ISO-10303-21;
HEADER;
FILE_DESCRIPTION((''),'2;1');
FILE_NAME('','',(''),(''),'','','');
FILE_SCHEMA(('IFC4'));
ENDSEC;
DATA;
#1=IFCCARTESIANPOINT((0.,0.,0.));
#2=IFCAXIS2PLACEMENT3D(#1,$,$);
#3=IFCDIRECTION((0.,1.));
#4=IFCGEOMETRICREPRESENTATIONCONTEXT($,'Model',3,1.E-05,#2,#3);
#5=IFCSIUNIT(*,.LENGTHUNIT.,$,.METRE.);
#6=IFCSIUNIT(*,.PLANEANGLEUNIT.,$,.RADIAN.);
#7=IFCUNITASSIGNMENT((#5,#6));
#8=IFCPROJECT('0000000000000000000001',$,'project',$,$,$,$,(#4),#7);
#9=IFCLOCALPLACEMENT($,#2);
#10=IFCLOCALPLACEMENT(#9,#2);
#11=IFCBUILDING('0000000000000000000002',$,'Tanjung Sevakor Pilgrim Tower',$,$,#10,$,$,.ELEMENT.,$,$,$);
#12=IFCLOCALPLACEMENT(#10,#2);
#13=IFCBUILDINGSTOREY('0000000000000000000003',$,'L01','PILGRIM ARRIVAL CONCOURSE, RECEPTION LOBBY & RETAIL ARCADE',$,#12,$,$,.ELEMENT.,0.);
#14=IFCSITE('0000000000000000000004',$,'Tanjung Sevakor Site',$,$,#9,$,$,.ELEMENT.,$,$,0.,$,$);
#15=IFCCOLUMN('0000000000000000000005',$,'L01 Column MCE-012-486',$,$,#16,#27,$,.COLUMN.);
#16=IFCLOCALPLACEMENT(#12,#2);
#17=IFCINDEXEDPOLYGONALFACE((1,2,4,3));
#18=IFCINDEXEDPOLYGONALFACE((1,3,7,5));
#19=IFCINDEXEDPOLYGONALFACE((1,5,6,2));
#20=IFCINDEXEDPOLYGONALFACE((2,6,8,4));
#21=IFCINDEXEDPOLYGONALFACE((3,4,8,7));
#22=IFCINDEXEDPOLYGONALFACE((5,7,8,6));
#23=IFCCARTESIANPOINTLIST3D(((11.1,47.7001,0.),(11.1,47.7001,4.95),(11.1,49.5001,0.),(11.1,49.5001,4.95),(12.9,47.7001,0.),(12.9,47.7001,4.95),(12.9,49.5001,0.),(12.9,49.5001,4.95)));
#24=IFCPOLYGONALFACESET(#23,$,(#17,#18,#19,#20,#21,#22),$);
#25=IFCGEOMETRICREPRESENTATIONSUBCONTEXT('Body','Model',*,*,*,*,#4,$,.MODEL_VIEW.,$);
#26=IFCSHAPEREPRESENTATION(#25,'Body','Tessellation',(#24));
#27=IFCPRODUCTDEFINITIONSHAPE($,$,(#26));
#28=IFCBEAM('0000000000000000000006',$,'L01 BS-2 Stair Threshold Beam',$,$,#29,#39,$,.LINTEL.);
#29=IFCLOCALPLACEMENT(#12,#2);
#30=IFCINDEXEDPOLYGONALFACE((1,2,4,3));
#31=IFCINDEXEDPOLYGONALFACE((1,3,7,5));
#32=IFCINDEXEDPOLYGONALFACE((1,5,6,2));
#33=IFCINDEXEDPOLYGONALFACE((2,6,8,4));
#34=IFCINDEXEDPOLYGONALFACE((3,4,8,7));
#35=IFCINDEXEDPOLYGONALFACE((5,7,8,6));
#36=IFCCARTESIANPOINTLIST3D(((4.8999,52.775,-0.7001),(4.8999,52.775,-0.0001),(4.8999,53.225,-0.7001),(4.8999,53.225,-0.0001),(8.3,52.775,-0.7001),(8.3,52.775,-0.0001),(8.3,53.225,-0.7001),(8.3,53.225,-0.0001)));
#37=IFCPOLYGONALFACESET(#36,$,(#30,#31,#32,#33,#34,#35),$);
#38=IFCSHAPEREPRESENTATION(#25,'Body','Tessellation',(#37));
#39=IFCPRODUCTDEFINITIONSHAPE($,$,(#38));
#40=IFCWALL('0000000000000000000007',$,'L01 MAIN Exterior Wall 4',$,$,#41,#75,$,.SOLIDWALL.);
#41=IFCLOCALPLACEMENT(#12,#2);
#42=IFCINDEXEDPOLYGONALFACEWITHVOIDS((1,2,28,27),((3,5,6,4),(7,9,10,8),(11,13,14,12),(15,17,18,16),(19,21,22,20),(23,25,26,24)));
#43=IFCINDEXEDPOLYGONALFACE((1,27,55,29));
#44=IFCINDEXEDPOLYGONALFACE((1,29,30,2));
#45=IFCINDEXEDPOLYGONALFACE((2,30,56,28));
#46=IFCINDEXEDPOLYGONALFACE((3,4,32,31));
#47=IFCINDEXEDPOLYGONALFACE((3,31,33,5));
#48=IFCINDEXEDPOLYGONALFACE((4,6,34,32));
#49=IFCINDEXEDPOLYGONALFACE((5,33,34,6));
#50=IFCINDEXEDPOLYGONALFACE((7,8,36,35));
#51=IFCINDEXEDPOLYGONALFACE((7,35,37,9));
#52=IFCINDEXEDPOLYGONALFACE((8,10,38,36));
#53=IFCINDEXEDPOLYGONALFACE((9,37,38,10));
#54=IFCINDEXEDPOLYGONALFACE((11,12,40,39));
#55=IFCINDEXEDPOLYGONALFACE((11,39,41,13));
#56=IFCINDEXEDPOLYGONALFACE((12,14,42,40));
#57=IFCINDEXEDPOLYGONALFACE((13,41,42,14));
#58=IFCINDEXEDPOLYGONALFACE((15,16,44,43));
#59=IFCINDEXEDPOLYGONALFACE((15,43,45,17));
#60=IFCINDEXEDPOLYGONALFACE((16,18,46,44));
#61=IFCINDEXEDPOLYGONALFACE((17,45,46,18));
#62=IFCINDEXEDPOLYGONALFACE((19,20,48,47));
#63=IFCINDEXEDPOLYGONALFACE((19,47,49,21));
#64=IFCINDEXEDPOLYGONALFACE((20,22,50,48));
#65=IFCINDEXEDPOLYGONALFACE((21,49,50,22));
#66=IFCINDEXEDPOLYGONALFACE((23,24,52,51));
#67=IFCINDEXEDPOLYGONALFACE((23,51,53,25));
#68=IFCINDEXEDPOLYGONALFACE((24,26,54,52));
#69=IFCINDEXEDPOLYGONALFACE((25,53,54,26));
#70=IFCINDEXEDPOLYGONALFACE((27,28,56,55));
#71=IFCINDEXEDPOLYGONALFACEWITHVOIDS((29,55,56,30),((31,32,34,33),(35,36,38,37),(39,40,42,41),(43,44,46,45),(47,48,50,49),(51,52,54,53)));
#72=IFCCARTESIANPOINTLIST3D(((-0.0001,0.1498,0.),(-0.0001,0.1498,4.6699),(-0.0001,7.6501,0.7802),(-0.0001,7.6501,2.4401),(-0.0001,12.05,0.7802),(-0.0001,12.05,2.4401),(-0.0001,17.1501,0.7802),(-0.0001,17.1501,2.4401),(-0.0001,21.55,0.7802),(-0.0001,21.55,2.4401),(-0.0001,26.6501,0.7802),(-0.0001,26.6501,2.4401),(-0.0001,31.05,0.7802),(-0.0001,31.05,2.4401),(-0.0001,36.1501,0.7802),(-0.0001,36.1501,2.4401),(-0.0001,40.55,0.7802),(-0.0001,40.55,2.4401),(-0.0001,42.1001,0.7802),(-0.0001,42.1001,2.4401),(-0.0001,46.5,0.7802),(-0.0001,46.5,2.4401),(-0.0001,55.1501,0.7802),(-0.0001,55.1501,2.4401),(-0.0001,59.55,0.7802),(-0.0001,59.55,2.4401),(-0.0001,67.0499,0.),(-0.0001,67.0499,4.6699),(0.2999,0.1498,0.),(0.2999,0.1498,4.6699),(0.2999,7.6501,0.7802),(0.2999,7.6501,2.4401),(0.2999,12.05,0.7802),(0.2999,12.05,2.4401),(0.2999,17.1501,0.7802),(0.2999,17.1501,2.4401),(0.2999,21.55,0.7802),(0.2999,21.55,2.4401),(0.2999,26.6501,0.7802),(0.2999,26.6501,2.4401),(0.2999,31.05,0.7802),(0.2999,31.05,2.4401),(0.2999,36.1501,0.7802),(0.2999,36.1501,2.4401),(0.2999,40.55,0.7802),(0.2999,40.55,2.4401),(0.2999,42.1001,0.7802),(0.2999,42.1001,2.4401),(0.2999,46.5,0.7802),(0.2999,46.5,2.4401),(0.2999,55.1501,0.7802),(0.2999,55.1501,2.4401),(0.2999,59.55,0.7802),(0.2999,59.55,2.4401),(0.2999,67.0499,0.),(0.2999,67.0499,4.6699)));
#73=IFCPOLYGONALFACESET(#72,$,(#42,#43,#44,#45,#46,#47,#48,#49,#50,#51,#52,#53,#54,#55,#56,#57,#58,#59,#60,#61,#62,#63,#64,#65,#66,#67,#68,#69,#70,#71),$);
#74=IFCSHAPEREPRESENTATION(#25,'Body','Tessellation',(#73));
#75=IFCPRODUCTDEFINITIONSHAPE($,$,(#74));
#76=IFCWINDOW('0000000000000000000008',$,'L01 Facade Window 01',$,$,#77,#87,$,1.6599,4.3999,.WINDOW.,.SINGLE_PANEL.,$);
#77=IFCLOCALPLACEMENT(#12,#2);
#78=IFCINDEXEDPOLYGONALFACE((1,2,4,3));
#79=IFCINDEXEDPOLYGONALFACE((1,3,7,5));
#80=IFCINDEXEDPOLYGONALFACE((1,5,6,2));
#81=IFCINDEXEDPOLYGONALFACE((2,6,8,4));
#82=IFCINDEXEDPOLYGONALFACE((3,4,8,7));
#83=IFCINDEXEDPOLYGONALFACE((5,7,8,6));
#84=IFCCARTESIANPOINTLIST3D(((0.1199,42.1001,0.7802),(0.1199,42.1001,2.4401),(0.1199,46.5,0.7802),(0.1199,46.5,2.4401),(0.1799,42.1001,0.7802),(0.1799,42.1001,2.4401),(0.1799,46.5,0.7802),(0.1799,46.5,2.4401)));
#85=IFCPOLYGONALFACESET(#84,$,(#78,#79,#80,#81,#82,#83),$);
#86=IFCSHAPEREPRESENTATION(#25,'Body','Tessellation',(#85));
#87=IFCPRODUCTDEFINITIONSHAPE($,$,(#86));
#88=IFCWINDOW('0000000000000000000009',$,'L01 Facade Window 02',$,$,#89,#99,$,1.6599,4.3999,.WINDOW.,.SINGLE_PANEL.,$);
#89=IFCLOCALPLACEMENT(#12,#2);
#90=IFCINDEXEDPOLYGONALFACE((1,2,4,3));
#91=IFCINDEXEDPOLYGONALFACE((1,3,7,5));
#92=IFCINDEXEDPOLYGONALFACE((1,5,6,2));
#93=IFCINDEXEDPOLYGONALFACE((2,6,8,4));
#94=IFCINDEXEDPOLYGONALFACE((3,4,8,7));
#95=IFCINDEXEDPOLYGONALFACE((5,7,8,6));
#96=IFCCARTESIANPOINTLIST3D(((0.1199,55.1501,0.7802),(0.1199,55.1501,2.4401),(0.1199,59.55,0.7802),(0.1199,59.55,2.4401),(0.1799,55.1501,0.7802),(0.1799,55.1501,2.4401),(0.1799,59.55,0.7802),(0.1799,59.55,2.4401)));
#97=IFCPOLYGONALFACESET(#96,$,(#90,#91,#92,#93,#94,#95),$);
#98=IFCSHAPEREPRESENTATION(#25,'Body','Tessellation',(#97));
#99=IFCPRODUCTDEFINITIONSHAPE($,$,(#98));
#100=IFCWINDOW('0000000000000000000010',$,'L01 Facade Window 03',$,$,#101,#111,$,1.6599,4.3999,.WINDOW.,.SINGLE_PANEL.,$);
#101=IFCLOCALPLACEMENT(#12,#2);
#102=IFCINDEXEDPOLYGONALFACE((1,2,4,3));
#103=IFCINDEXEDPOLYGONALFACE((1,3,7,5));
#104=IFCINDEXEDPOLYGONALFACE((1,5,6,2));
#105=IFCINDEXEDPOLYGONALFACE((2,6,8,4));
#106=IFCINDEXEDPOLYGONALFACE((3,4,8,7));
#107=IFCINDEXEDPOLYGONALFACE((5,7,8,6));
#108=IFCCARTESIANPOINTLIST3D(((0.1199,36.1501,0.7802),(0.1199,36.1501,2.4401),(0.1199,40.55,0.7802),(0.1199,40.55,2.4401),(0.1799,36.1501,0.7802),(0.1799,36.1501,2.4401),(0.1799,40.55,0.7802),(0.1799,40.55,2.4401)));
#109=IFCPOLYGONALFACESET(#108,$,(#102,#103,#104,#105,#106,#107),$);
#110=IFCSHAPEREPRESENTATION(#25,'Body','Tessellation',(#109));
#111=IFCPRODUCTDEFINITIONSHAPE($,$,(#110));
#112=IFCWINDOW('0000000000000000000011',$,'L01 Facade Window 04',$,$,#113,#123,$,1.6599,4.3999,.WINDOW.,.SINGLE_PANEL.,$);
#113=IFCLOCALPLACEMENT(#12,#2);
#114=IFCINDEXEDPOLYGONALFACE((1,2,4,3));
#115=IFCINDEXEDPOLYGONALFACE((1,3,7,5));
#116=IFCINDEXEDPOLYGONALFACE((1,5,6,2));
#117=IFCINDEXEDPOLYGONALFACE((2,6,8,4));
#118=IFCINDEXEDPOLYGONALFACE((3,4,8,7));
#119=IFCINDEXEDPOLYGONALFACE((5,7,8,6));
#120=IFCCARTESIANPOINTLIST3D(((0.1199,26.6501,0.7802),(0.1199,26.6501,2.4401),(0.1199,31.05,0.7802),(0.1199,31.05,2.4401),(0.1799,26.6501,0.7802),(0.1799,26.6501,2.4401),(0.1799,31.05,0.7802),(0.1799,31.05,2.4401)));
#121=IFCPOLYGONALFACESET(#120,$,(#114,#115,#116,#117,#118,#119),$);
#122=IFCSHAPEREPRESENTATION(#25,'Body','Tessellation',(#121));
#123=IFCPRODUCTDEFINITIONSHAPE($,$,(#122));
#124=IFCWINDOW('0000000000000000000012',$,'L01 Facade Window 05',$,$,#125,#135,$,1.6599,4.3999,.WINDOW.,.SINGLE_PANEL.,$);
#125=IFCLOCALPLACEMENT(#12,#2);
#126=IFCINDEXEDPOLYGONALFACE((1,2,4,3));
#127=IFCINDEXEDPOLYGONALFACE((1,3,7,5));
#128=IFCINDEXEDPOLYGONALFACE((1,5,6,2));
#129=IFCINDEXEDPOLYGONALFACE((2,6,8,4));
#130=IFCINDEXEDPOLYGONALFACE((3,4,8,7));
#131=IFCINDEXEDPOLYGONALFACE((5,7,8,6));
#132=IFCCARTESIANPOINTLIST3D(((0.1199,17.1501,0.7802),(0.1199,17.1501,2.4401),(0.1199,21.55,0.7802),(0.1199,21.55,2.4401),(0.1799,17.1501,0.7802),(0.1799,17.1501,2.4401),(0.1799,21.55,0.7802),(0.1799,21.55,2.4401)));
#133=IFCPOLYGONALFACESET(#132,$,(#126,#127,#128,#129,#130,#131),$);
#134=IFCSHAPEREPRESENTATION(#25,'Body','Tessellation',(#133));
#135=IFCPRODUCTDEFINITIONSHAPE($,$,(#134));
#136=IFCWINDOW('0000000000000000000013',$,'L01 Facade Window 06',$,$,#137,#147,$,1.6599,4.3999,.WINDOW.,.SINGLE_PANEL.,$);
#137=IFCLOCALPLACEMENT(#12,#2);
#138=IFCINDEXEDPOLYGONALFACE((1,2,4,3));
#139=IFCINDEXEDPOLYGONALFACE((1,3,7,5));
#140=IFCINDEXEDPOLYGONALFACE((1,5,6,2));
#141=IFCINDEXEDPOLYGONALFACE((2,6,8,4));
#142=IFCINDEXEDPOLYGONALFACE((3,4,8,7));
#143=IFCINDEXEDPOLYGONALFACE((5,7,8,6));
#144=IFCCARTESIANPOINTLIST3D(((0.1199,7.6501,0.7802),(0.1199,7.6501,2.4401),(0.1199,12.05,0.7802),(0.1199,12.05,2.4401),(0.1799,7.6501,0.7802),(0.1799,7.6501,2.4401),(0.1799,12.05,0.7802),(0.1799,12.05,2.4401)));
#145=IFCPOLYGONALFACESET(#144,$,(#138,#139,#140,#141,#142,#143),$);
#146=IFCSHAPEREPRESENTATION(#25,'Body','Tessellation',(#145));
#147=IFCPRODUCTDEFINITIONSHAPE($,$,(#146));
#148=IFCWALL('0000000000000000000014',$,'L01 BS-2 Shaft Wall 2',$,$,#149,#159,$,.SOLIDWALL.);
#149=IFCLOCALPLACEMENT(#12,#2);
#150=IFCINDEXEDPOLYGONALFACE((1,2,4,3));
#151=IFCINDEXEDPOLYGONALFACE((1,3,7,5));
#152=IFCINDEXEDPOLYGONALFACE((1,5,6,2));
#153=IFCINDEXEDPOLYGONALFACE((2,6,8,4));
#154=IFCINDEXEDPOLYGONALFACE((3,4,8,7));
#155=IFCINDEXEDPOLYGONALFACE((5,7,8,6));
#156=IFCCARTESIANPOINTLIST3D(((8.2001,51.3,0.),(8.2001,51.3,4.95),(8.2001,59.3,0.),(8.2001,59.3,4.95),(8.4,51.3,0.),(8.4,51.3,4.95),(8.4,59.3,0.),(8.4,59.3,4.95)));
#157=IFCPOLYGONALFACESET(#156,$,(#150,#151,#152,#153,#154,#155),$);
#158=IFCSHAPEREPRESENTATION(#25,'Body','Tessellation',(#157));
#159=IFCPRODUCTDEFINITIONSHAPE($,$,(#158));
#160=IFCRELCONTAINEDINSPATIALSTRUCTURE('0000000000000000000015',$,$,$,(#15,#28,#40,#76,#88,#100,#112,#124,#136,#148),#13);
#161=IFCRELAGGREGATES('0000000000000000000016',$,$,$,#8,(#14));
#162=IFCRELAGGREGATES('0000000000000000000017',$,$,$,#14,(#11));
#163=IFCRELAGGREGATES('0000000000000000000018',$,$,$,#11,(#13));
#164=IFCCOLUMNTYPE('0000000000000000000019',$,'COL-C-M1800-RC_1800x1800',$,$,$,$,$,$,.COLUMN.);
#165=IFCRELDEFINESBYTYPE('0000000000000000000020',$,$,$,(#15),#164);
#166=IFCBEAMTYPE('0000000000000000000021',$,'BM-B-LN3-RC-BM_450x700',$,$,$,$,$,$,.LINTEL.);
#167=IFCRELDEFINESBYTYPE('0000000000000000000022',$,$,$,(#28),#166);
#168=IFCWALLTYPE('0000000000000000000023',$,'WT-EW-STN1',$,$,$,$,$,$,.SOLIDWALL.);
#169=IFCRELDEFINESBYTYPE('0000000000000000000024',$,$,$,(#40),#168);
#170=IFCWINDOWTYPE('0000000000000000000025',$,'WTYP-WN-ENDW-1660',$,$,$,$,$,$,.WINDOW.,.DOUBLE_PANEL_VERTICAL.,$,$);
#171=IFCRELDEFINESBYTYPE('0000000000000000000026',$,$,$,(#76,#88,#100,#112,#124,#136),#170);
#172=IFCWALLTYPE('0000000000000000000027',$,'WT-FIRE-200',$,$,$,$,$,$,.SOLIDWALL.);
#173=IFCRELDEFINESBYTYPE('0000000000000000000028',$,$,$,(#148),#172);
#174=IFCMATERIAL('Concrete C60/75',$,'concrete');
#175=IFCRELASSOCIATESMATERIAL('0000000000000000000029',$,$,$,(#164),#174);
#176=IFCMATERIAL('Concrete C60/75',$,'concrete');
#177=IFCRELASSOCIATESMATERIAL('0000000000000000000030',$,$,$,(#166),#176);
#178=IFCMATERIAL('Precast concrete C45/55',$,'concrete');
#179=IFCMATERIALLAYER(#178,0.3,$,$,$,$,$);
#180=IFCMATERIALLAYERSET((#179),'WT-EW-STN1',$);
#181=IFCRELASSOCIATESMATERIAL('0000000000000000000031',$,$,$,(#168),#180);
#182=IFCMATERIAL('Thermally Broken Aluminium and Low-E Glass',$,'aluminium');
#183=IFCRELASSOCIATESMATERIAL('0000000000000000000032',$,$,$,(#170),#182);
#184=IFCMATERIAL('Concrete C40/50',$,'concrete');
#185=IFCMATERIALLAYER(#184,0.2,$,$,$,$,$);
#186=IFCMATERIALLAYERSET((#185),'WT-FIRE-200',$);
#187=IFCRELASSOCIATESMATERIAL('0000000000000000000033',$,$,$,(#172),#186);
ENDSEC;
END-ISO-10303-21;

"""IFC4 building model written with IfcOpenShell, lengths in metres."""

from ifc_helpers import new_model, si_unit, direction, frame, frame_2d, origin, origin_2d, place, context, subcontext, project, spatial, rectangle, extrude, material, layer, layer_set, material_profile, profile_set, type_object, element, fill, save


model = new_model("IFC4")

# Units and contexts
model_context = context("Model", 3, precision=1e-05, world=origin(), true_north=direction((0.0, 1.0)))
body_context = subcontext(model_context, "Body", "Model", "MODEL_VIEW")
ifc_project = project(units=[si_unit("LENGTHUNIT", "METRE"), si_unit("PLANEANGLEUNIT", "RADIAN")], contexts=[model_context])

# Site, building, storey
site_placement = place(None, origin())
site = spatial("IfcSite", under=ifc_project, at=site_placement, Name="Tanjung Sevakor Site", CompositionType="ELEMENT", RefElevation=0.0)
building_placement = place(site_placement, origin())
building = spatial("IfcBuilding", under=site, at=building_placement, Name="Tanjung Sevakor Pilgrim Tower", CompositionType="ELEMENT")
storey_placement = place(building_placement, origin())
storey = spatial("IfcBuildingStorey", under=building, at=storey_placement, Name="L01", Description="PILGRIM ARRIVAL CONCOURSE, RECEPTION LOBBY & RETAIL ARCADE", CompositionType="ELEMENT", Elevation=0.0)

# Column
ifc_material_1 = material(Name="Concrete C60/75", Category="concrete")
ifc_material_profile_1 = material_profile(ifc_material_1, rectangle(XDim=1.8, YDim=1.8, at=origin_2d()))
ifc_profile_set_1 = profile_set([ifc_material_profile_1], Name="Concrete C60/75")
column_type = type_object("IfcColumnType", Name="COL-C-M1800-RC_1800x1800", PredefinedType="COLUMN", material=ifc_profile_set_1)
column_placement = place(storey_placement, frame((12.0, 48.6001, 0.0), z_axis=(0.0, 0.0, 1.0), x_axis=(1.0, 0.0, 0.0)))
element("IfcColumn", 1, at=column_placement, inside=storey, type_object=column_type, Name="L01 Column MCE-012-486", PredefinedType="COLUMN", context=body_context, shape_type="SweptSolid", body=[
    extrude(rectangle(XDim=1.8, YDim=1.8, at=origin_2d()), origin(), (0.0, 0.0, 1.0), 4.95),
])

# Beam
ifc_material_2 = material(Name="Concrete C60/75", Category="concrete")
ifc_material_profile_2 = material_profile(ifc_material_2, rectangle(XDim=0.45, YDim=0.7, at=origin_2d()))
ifc_profile_set_2 = profile_set([ifc_material_profile_2], Name="Concrete C60/75")
beam_type = type_object("IfcBeamType", Name="BM-B-LN3-RC-BM_450x700", PredefinedType="LINTEL", material=ifc_profile_set_2)
beam_placement = place(storey_placement, frame((4.8999, 53.0, -0.3501), z_axis=(1.0, 0.0, 0.0), x_axis=(0.0, 1.0, 0.0)))
element("IfcBeam", 2, at=beam_placement, inside=storey, type_object=beam_type, Name="L01 BS-2 Stair Threshold Beam", PredefinedType="LINTEL", context=body_context, shape_type="SweptSolid", body=[
    extrude(rectangle(XDim=0.45, YDim=0.7, at=origin_2d()), origin(), (0.0, 0.0, 1.0), 3.4001),
])

# Wall, openings, windows
ifc_material_3 = material(Name="Precast concrete C45/55", Category="concrete")
ifc_layer_1 = layer(ifc_material_3, 0.3)
ifc_layer_set_1 = layer_set([ifc_layer_1], Name="WT-EW-STN1")
wall_type_1 = type_object("IfcWallType", Name="WT-EW-STN1", PredefinedType="SOLIDWALL", material=ifc_layer_set_1)
wall_1_placement = place(storey_placement, frame((0.1499, 67.05, 0.0), z_axis=(0.0, 0.0, 1.0), x_axis=(0.0, -1.0, 0.0)))
wall_1 = element("IfcWall", 3, at=wall_1_placement, inside=storey, type_object=wall_type_1, Name="L01 MAIN Exterior Wall 4", PredefinedType="SOLIDWALL", context=body_context, shape_type="SweptSolid", body=[
    extrude(rectangle(XDim=66.9001, YDim=0.3, at=frame_2d((33.4502, 0.0))), origin(), (0.0, 0.0, 1.0), 4.6699),
])
opening_1_placement = place(wall_1_placement, frame((20.55, 0.0, 0.78)))
opening_1 = element("IfcOpeningElement", 4, at=opening_1_placement, cuts=wall_1, PredefinedType="OPENING", context=body_context, shape_type="SweptSolid", body=[
    extrude(rectangle(XDim=4.3999, YDim=1.6599, at=frame_2d((2.2, 0.8301))), frame((0.0, 0.1599, 0.0), z_axis=(0.0, -1.0, 0.0), x_axis=(1.0, 0.0, 0.0)), (0.0, 0.0, 1.0), 0.3201),
])
opening_2_placement = place(wall_1_placement, frame((7.5, 0.0, 0.78)))
opening_2 = element("IfcOpeningElement", 5, at=opening_2_placement, cuts=wall_1, PredefinedType="OPENING", context=body_context, shape_type="SweptSolid", body=[
    extrude(rectangle(XDim=4.3999, YDim=1.6599, at=frame_2d((2.2, 0.8301))), frame((0.0, 0.1599, 0.0), z_axis=(0.0, -1.0, 0.0), x_axis=(1.0, 0.0, 0.0)), (0.0, 0.0, 1.0), 0.3201),
])
opening_3_placement = place(wall_1_placement, frame((26.5, 0.0, 0.78)))
opening_3 = element("IfcOpeningElement", 6, at=opening_3_placement, cuts=wall_1, PredefinedType="OPENING", context=body_context, shape_type="SweptSolid", body=[
    extrude(rectangle(XDim=4.3999, YDim=1.6599, at=frame_2d((2.2, 0.8301))), frame((0.0, 0.1599, 0.0), z_axis=(0.0, -1.0, 0.0), x_axis=(1.0, 0.0, 0.0)), (0.0, 0.0, 1.0), 0.3201),
])
opening_4_placement = place(wall_1_placement, frame((36.0, 0.0, 0.78)))
opening_4 = element("IfcOpeningElement", 7, at=opening_4_placement, cuts=wall_1, PredefinedType="OPENING", context=body_context, shape_type="SweptSolid", body=[
    extrude(rectangle(XDim=4.3999, YDim=1.6599, at=frame_2d((2.2, 0.8301))), frame((0.0, 0.1599, 0.0), z_axis=(0.0, -1.0, 0.0), x_axis=(1.0, 0.0, 0.0)), (0.0, 0.0, 1.0), 0.3201),
])
opening_5_placement = place(wall_1_placement, frame((45.5, 0.0, 0.78)))
opening_5 = element("IfcOpeningElement", 8, at=opening_5_placement, cuts=wall_1, PredefinedType="OPENING", context=body_context, shape_type="SweptSolid", body=[
    extrude(rectangle(XDim=4.3999, YDim=1.6599, at=frame_2d((2.2, 0.8301))), frame((0.0, 0.1599, 0.0), z_axis=(0.0, -1.0, 0.0), x_axis=(1.0, 0.0, 0.0)), (0.0, 0.0, 1.0), 0.3201),
])
opening_6_placement = place(wall_1_placement, frame((55.0, 0.0, 0.78)))
opening_6 = element("IfcOpeningElement", 9, at=opening_6_placement, cuts=wall_1, PredefinedType="OPENING", context=body_context, shape_type="SweptSolid", body=[
    extrude(rectangle(XDim=4.3999, YDim=1.6599, at=frame_2d((2.2, 0.8301))), frame((0.0, 0.1599, 0.0), z_axis=(0.0, -1.0, 0.0), x_axis=(1.0, 0.0, 0.0)), (0.0, 0.0, 1.0), 0.3201),
])
ifc_material_4 = material(Name="Thermally Broken Aluminium and Low-E Glass", Category="aluminium")
window_type = type_object("IfcWindowType", Name="WTYP-WN-ENDW-1660", PartitioningType="DOUBLE_PANEL_VERTICAL", PredefinedType="WINDOW", material=ifc_material_4)
window_1_placement = place(opening_1_placement, origin())
window_1 = element("IfcWindow", 10, at=window_1_placement, inside=storey, type_object=window_type, Name="L01 Facade Window 01", OverallHeight=1.6599, OverallWidth=4.3999, PartitioningType="SINGLE_PANEL", PredefinedType="WINDOW", context=body_context, shape_type="SweptSolid", body=[
    extrude(rectangle(XDim=4.3999, YDim=1.6599, at=frame_2d((2.2, 0.8301))), frame((0.0, 0.03, 0.0), z_axis=(0.0, -1.0, 0.0), x_axis=(1.0, 0.0, 0.0)), (0.0, 0.0, 1.0), 0.0601),
])
fill(opening_1, window_1)
window_2_placement = place(opening_2_placement, origin())
window_2 = element("IfcWindow", 11, at=window_2_placement, inside=storey, type_object=window_type, Name="L01 Facade Window 02", OverallHeight=1.6599, OverallWidth=4.3999, PartitioningType="SINGLE_PANEL", PredefinedType="WINDOW", context=body_context, shape_type="SweptSolid", body=[
    extrude(rectangle(XDim=4.3999, YDim=1.6599, at=frame_2d((2.2, 0.8301))), frame((0.0, 0.03, 0.0), z_axis=(0.0, -1.0, 0.0), x_axis=(1.0, 0.0, 0.0)), (0.0, 0.0, 1.0), 0.0601),
])
fill(opening_2, window_2)
window_3_placement = place(opening_3_placement, origin())
window_3 = element("IfcWindow", 12, at=window_3_placement, inside=storey, type_object=window_type, Name="L01 Facade Window 03", OverallHeight=1.6599, OverallWidth=4.3999, PartitioningType="SINGLE_PANEL", PredefinedType="WINDOW", context=body_context, shape_type="SweptSolid", body=[
    extrude(rectangle(XDim=4.3999, YDim=1.6599, at=frame_2d((2.2, 0.8301))), frame((0.0, 0.03, 0.0), z_axis=(0.0, -1.0, 0.0), x_axis=(1.0, 0.0, 0.0)), (0.0, 0.0, 1.0), 0.0601),
])
fill(opening_3, window_3)
window_4_placement = place(opening_4_placement, origin())
window_4 = element("IfcWindow", 13, at=window_4_placement, inside=storey, type_object=window_type, Name="L01 Facade Window 04", OverallHeight=1.6599, OverallWidth=4.3999, PartitioningType="SINGLE_PANEL", PredefinedType="WINDOW", context=body_context, shape_type="SweptSolid", body=[
    extrude(rectangle(XDim=4.3999, YDim=1.6599, at=frame_2d((2.2, 0.8301))), frame((0.0, 0.03, 0.0), z_axis=(0.0, -1.0, 0.0), x_axis=(1.0, 0.0, 0.0)), (0.0, 0.0, 1.0), 0.0601),
])
fill(opening_4, window_4)
window_5_placement = place(opening_5_placement, origin())
window_5 = element("IfcWindow", 14, at=window_5_placement, inside=storey, type_object=window_type, Name="L01 Facade Window 05", OverallHeight=1.6599, OverallWidth=4.3999, PartitioningType="SINGLE_PANEL", PredefinedType="WINDOW", context=body_context, shape_type="SweptSolid", body=[
    extrude(rectangle(XDim=4.3999, YDim=1.6599, at=frame_2d((2.2, 0.8301))), frame((0.0, 0.03, 0.0), z_axis=(0.0, -1.0, 0.0), x_axis=(1.0, 0.0, 0.0)), (0.0, 0.0, 1.0), 0.0601),
])
fill(opening_5, window_5)
window_6_placement = place(opening_6_placement, origin())
window_6 = element("IfcWindow", 15, at=window_6_placement, inside=storey, type_object=window_type, Name="L01 Facade Window 06", OverallHeight=1.6599, OverallWidth=4.3999, PartitioningType="SINGLE_PANEL", PredefinedType="WINDOW", context=body_context, shape_type="SweptSolid", body=[
    extrude(rectangle(XDim=4.3999, YDim=1.6599, at=frame_2d((2.2, 0.8301))), frame((0.0, 0.03, 0.0), z_axis=(0.0, -1.0, 0.0), x_axis=(1.0, 0.0, 0.0)), (0.0, 0.0, 1.0), 0.0601),
])
fill(opening_6, window_6)

# Shared definitions
ifc_material_5 = material(Name="Concrete C40/50", Category="concrete")
ifc_layer_2 = layer(ifc_material_5, 0.2)
ifc_layer_set_2 = layer_set([ifc_layer_2], Name="WT-FIRE-200")
wall_type_2 = type_object("IfcWallType", Name="WT-FIRE-200", PredefinedType="SOLIDWALL", material=ifc_layer_set_2)

# Wall
wall_2_placement = place(storey_placement, frame((8.3, 51.3, 0.0), z_axis=(0.0, 0.0, 1.0), x_axis=(0.0, 1.0, 0.0)))
element("IfcWall", 16, at=wall_2_placement, inside=storey, type_object=wall_type_2, Name="L01 BS-2 Shaft Wall 2", PredefinedType="SOLIDWALL", context=body_context, shape_type="SweptSolid", body=[
    extrude(rectangle(XDim=8.0, YDim=0.2, at=frame_2d((4.0, 0.0))), origin(), (0.0, 0.0, 1.0), 4.95),
])

save(model, "model.ifc")
